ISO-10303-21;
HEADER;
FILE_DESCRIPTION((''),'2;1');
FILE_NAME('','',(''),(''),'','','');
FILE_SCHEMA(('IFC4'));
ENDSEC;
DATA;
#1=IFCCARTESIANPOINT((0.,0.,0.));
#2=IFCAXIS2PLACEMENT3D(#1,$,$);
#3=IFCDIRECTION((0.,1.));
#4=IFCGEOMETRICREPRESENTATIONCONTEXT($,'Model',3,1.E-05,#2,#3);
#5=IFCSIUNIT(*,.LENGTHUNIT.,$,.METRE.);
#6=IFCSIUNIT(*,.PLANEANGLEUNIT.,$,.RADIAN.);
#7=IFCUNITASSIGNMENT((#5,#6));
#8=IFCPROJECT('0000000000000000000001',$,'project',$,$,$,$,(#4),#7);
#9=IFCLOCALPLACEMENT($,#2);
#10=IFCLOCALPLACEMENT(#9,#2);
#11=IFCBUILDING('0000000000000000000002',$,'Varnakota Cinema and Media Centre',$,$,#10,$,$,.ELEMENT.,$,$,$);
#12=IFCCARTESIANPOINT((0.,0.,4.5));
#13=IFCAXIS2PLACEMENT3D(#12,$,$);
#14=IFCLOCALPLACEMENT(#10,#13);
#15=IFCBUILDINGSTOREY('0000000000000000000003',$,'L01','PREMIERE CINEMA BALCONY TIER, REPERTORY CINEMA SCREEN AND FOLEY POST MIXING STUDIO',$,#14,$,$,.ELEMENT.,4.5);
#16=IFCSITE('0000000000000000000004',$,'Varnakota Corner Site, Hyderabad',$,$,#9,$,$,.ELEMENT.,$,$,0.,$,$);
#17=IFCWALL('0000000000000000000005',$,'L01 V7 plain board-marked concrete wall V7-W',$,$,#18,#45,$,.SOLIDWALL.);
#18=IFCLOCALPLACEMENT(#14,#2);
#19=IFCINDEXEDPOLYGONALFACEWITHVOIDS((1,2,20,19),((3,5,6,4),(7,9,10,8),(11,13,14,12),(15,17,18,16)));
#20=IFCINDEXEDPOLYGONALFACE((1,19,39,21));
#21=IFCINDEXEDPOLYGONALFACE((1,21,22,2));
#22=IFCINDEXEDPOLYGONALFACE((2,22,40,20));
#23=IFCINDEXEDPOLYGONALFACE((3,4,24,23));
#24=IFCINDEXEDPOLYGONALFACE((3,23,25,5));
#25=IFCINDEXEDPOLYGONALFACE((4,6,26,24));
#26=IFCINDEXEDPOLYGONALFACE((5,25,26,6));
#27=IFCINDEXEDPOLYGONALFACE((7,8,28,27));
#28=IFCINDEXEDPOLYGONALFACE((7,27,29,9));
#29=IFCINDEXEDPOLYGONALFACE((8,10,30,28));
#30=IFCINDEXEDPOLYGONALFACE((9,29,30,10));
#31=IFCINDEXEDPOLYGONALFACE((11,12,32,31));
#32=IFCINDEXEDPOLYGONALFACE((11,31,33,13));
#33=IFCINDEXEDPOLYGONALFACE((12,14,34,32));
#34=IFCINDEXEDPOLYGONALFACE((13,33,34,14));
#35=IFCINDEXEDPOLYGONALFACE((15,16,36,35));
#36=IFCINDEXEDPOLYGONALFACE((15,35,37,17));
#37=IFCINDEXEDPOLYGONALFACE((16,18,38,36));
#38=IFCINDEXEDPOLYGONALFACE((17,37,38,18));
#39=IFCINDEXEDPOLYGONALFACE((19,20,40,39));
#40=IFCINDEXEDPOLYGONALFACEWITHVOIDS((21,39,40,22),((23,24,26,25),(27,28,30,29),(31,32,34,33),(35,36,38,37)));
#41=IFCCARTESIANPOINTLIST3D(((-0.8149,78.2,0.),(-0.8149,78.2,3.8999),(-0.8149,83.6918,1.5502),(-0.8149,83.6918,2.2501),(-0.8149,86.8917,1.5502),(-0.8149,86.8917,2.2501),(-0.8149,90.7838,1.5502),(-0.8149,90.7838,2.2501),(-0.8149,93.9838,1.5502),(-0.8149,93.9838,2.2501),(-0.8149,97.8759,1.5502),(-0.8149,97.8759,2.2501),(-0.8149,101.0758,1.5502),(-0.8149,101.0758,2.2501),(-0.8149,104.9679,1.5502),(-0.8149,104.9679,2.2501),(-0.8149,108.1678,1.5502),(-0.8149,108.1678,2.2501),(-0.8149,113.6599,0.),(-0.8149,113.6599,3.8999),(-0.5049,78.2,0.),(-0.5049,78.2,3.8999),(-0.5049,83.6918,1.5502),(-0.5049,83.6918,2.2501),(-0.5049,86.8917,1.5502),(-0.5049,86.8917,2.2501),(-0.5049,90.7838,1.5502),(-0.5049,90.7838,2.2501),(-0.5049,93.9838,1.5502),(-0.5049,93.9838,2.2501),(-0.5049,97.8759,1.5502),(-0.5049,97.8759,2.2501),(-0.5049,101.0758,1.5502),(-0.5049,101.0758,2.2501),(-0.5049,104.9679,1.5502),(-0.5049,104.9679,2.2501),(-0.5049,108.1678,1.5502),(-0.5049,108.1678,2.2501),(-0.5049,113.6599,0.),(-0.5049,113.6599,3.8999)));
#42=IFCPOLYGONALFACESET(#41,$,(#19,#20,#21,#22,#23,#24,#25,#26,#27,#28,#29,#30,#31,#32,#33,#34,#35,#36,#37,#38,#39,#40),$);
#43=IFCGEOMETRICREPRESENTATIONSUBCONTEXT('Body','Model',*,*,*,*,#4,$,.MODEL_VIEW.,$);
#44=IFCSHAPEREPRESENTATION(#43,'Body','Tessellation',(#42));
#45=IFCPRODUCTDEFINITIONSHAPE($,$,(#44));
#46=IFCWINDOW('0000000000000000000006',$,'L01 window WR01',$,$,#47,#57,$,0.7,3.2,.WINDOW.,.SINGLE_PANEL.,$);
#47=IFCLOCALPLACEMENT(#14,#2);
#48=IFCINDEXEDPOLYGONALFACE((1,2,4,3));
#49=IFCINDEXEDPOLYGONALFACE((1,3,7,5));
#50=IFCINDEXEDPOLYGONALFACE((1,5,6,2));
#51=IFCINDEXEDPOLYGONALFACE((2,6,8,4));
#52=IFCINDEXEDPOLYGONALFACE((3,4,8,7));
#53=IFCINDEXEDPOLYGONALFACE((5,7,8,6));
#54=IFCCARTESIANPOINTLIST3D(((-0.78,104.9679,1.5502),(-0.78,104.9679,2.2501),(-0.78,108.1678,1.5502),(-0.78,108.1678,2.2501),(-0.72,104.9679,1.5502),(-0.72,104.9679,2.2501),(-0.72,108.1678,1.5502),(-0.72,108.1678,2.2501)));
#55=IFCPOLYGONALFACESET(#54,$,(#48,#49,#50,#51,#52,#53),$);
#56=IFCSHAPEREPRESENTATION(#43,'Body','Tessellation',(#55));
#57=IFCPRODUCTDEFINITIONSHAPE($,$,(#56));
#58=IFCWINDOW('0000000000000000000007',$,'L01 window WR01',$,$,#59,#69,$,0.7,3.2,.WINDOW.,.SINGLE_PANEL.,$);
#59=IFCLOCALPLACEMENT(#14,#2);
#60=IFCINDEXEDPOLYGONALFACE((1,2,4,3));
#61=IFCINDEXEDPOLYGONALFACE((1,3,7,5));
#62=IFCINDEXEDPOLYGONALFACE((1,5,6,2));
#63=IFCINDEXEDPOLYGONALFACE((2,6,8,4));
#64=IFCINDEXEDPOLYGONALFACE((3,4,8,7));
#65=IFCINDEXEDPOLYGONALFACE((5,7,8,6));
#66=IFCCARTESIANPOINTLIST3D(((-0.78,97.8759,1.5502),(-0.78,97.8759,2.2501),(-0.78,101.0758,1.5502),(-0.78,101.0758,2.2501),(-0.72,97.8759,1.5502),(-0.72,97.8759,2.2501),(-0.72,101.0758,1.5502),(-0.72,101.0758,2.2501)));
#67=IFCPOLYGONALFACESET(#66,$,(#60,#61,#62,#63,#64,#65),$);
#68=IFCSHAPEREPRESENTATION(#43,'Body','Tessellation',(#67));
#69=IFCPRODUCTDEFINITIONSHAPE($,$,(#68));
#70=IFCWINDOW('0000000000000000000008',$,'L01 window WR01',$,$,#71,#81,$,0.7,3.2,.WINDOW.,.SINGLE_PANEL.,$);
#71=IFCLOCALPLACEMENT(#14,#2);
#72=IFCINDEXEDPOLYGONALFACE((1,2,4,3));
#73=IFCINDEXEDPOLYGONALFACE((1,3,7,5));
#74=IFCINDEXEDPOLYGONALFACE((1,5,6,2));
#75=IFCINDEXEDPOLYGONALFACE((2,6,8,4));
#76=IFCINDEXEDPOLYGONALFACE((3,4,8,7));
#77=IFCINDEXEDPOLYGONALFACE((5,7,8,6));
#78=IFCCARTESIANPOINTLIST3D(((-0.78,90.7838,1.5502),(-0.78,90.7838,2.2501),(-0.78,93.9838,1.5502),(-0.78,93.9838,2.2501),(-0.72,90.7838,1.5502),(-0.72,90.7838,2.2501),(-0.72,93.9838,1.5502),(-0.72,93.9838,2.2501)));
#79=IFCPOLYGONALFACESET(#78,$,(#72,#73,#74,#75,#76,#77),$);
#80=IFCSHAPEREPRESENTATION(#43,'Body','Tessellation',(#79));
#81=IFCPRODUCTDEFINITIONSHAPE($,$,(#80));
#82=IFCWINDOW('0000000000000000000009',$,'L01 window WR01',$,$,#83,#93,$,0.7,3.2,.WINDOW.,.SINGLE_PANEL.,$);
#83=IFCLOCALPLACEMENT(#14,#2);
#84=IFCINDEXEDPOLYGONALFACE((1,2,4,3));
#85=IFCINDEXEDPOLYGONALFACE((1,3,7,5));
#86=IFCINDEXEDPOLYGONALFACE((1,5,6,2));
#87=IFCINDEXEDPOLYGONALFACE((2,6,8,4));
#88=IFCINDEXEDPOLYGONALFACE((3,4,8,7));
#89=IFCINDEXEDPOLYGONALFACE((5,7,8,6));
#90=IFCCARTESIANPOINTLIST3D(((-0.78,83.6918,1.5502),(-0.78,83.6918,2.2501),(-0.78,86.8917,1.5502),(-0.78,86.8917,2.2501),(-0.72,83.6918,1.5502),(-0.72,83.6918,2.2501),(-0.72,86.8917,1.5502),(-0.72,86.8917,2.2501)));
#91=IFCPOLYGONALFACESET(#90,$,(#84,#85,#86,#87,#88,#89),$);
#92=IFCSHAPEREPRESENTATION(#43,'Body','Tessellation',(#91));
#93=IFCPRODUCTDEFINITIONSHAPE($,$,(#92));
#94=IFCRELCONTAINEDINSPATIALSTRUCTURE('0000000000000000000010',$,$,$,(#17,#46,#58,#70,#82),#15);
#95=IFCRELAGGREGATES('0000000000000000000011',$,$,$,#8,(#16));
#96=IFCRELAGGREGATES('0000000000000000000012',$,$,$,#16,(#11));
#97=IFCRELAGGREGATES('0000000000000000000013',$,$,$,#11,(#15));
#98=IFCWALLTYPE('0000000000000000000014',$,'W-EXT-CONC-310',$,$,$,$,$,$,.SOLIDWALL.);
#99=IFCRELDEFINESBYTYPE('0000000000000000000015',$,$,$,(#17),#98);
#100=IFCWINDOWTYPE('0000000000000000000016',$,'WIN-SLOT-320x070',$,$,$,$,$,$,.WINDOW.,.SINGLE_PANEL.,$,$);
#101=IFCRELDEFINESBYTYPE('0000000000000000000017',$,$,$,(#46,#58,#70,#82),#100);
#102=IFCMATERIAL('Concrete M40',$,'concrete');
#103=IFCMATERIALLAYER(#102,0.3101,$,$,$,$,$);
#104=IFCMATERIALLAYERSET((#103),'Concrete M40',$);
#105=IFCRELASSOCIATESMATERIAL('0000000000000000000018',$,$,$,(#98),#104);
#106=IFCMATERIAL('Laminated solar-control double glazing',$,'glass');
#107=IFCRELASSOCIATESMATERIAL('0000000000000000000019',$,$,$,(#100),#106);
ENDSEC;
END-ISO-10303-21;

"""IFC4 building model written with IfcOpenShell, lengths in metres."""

from ifc_helpers import new_model, si_unit, direction, frame, frame_2d, origin, place, context, subcontext, project, spatial, rectangle, extrude, material, layer, layer_set, type_object, element, fill, save


model = new_model("IFC4")

# Units and contexts
model_context = context("Model", 3, precision=1e-05, world=origin(), true_north=direction((0.0, 1.0)))
body_context = subcontext(model_context, "Body", "Model", "MODEL_VIEW")
ifc_project = project(units=[si_unit("LENGTHUNIT", "METRE"), si_unit("PLANEANGLEUNIT", "RADIAN")], contexts=[model_context])

# Site, building, storey
site_placement = place(None, origin())
site = spatial("IfcSite", under=ifc_project, at=site_placement, Name="Varnakota Corner Site, Hyderabad", CompositionType="ELEMENT", RefElevation=0.0)
building_placement = place(site_placement, origin())
building = spatial("IfcBuilding", under=site, at=building_placement, Name="Varnakota Cinema and Media Centre", CompositionType="ELEMENT")
storey_placement = place(building_placement, frame((0.0, 0.0, 4.5)))
storey = spatial("IfcBuildingStorey", under=building, at=storey_placement, Name="L01", Description="PREMIERE CINEMA BALCONY TIER, REPERTORY CINEMA SCREEN AND FOLEY POST MIXING STUDIO", CompositionType="ELEMENT", Elevation=4.5)

# Wall, openings, windows
ifc_material_1 = material(Name="Concrete M40", Category="concrete")
ifc_layer_1 = layer(ifc_material_1, 0.3101)
ifc_layer_set_1 = layer_set([ifc_layer_1], Name="Concrete M40")
wall_type_1 = type_object("IfcWallType", Name="W-EXT-CONC-310", PredefinedType="SOLIDWALL", material=ifc_layer_set_1)
ifc_material_2 = material(Name="Laminated solar-control double glazing", Category="glass")
window_type = type_object("IfcWindowType", Name="WIN-SLOT-320x070", PartitioningType="SINGLE_PANEL", PredefinedType="WINDOW", material=ifc_material_2)
wall_1_placement = place(storey_placement, frame((-0.6599, 113.6599, 0.0), z_axis=(0.0, 0.0, 1.0), x_axis=(0.0, -1.0, 0.0)))
wall_1 = element("IfcWall", 1, at=wall_1_placement, inside=storey, type_object=wall_type_1, Name="L01 V7 plain board-marked concrete wall V7-W", PredefinedType="SOLIDWALL", context=body_context, shape_type="SweptSolid", body=[
    extrude(rectangle(XDim=35.46, YDim=0.3101, at=frame_2d((17.73, 0.0))), origin(), (0.0, 0.0, 1.0), 3.8999),
])
opening_1_placement = place(wall_1_placement, frame((5.4919, 0.0, 1.55)))
opening_1 = element("IfcOpeningElement", 2, at=opening_1_placement, cuts=wall_1, PredefinedType="OPENING", context=body_context, shape_type="SweptSolid", body=[
    extrude(rectangle(XDim=3.2, YDim=0.7, at=frame_2d((1.6001, 0.3501))), frame((0.0, 0.155, 0.0), z_axis=(0.0, -1.0, 0.0), x_axis=(1.0, 0.0, 0.0)), (0.0, 0.0, 1.0), 0.3101),
])
opening_2_placement = place(wall_1_placement, frame((12.584, 0.0, 1.55)))
opening_2 = element("IfcOpeningElement", 3, at=opening_2_placement, cuts=wall_1, PredefinedType="OPENING", context=body_context, shape_type="SweptSolid", body=[
    extrude(rectangle(XDim=3.2, YDim=0.7, at=frame_2d((1.6001, 0.3501))), frame((0.0, 0.155, 0.0), z_axis=(0.0, -1.0, 0.0), x_axis=(1.0, 0.0, 0.0)), (0.0, 0.0, 1.0), 0.3101),
])
opening_3_placement = place(wall_1_placement, frame((19.676, 0.0, 1.55)))
opening_3 = element("IfcOpeningElement", 4, at=opening_3_placement, cuts=wall_1, PredefinedType="OPENING", context=body_context, shape_type="SweptSolid", body=[
    extrude(rectangle(XDim=3.2, YDim=0.7, at=frame_2d((1.6001, 0.3501))), frame((0.0, 0.155, 0.0), z_axis=(0.0, -1.0, 0.0), x_axis=(1.0, 0.0, 0.0)), (0.0, 0.0, 1.0), 0.3101),
])
opening_4_placement = place(wall_1_placement, frame((26.7681, 0.0, 1.55)))
opening_4 = element("IfcOpeningElement", 5, at=opening_4_placement, cuts=wall_1, PredefinedType="OPENING", context=body_context, shape_type="SweptSolid", body=[
    extrude(rectangle(XDim=3.2, YDim=0.7, at=frame_2d((1.6001, 0.3501))), frame((0.0, 0.155, 0.0), z_axis=(0.0, -1.0, 0.0), x_axis=(1.0, 0.0, 0.0)), (0.0, 0.0, 1.0), 0.3101),
])
window_1_placement = place(opening_1_placement, origin())
window_1 = element("IfcWindow", 6, at=window_1_placement, inside=storey, type_object=window_type, Name="L01 window WR01", OverallHeight=0.7, OverallWidth=3.2, PartitioningType="SINGLE_PANEL", PredefinedType="WINDOW", context=body_context, shape_type="SweptSolid", body=[
    extrude(rectangle(XDim=3.2, YDim=0.7, at=frame_2d((1.6001, 0.3501))), frame((0.0, -0.0601, 0.0), z_axis=(0.0, -1.0, 0.0), x_axis=(1.0, 0.0, 0.0)), (0.0, 0.0, 1.0), 0.0601),
])
fill(opening_1, window_1)
window_2_placement = place(opening_2_placement, origin())
window_2 = element("IfcWindow", 7, at=window_2_placement, inside=storey, type_object=window_type, Name="L01 window WR01", OverallHeight=0.7, OverallWidth=3.2, PartitioningType="SINGLE_PANEL", PredefinedType="WINDOW", context=body_context, shape_type="SweptSolid", body=[
    extrude(rectangle(XDim=3.2, YDim=0.7, at=frame_2d((1.6001, 0.3501))), frame((0.0, -0.0601, 0.0), z_axis=(0.0, -1.0, 0.0), x_axis=(1.0, 0.0, 0.0)), (0.0, 0.0, 1.0), 0.0601),
])
fill(opening_2, window_2)
window_3_placement = place(opening_3_placement, origin())
window_3 = element("IfcWindow", 8, at=window_3_placement, inside=storey, type_object=window_type, Name="L01 window WR01", OverallHeight=0.7, OverallWidth=3.2, PartitioningType="SINGLE_PANEL", PredefinedType="WINDOW", context=body_context, shape_type="SweptSolid", body=[
    extrude(rectangle(XDim=3.2, YDim=0.7, at=frame_2d((1.6001, 0.3501))), frame((0.0, -0.0601, 0.0), z_axis=(0.0, -1.0, 0.0), x_axis=(1.0, 0.0, 0.0)), (0.0, 0.0, 1.0), 0.0601),
])
fill(opening_3, window_3)
window_4_placement = place(opening_4_placement, origin())
window_4 = element("IfcWindow", 9, at=window_4_placement, inside=storey, type_object=window_type, Name="L01 window WR01", OverallHeight=0.7, OverallWidth=3.2, PartitioningType="SINGLE_PANEL", PredefinedType="WINDOW", context=body_context, shape_type="SweptSolid", body=[
    extrude(rectangle(XDim=3.2, YDim=0.7, at=frame_2d((1.6001, 0.3501))), frame((0.0, -0.0601, 0.0), z_axis=(0.0, -1.0, 0.0), x_axis=(1.0, 0.0, 0.0)), (0.0, 0.0, 1.0), 0.0601),
])
fill(opening_4, window_4)

save(model, "model.ifc")
